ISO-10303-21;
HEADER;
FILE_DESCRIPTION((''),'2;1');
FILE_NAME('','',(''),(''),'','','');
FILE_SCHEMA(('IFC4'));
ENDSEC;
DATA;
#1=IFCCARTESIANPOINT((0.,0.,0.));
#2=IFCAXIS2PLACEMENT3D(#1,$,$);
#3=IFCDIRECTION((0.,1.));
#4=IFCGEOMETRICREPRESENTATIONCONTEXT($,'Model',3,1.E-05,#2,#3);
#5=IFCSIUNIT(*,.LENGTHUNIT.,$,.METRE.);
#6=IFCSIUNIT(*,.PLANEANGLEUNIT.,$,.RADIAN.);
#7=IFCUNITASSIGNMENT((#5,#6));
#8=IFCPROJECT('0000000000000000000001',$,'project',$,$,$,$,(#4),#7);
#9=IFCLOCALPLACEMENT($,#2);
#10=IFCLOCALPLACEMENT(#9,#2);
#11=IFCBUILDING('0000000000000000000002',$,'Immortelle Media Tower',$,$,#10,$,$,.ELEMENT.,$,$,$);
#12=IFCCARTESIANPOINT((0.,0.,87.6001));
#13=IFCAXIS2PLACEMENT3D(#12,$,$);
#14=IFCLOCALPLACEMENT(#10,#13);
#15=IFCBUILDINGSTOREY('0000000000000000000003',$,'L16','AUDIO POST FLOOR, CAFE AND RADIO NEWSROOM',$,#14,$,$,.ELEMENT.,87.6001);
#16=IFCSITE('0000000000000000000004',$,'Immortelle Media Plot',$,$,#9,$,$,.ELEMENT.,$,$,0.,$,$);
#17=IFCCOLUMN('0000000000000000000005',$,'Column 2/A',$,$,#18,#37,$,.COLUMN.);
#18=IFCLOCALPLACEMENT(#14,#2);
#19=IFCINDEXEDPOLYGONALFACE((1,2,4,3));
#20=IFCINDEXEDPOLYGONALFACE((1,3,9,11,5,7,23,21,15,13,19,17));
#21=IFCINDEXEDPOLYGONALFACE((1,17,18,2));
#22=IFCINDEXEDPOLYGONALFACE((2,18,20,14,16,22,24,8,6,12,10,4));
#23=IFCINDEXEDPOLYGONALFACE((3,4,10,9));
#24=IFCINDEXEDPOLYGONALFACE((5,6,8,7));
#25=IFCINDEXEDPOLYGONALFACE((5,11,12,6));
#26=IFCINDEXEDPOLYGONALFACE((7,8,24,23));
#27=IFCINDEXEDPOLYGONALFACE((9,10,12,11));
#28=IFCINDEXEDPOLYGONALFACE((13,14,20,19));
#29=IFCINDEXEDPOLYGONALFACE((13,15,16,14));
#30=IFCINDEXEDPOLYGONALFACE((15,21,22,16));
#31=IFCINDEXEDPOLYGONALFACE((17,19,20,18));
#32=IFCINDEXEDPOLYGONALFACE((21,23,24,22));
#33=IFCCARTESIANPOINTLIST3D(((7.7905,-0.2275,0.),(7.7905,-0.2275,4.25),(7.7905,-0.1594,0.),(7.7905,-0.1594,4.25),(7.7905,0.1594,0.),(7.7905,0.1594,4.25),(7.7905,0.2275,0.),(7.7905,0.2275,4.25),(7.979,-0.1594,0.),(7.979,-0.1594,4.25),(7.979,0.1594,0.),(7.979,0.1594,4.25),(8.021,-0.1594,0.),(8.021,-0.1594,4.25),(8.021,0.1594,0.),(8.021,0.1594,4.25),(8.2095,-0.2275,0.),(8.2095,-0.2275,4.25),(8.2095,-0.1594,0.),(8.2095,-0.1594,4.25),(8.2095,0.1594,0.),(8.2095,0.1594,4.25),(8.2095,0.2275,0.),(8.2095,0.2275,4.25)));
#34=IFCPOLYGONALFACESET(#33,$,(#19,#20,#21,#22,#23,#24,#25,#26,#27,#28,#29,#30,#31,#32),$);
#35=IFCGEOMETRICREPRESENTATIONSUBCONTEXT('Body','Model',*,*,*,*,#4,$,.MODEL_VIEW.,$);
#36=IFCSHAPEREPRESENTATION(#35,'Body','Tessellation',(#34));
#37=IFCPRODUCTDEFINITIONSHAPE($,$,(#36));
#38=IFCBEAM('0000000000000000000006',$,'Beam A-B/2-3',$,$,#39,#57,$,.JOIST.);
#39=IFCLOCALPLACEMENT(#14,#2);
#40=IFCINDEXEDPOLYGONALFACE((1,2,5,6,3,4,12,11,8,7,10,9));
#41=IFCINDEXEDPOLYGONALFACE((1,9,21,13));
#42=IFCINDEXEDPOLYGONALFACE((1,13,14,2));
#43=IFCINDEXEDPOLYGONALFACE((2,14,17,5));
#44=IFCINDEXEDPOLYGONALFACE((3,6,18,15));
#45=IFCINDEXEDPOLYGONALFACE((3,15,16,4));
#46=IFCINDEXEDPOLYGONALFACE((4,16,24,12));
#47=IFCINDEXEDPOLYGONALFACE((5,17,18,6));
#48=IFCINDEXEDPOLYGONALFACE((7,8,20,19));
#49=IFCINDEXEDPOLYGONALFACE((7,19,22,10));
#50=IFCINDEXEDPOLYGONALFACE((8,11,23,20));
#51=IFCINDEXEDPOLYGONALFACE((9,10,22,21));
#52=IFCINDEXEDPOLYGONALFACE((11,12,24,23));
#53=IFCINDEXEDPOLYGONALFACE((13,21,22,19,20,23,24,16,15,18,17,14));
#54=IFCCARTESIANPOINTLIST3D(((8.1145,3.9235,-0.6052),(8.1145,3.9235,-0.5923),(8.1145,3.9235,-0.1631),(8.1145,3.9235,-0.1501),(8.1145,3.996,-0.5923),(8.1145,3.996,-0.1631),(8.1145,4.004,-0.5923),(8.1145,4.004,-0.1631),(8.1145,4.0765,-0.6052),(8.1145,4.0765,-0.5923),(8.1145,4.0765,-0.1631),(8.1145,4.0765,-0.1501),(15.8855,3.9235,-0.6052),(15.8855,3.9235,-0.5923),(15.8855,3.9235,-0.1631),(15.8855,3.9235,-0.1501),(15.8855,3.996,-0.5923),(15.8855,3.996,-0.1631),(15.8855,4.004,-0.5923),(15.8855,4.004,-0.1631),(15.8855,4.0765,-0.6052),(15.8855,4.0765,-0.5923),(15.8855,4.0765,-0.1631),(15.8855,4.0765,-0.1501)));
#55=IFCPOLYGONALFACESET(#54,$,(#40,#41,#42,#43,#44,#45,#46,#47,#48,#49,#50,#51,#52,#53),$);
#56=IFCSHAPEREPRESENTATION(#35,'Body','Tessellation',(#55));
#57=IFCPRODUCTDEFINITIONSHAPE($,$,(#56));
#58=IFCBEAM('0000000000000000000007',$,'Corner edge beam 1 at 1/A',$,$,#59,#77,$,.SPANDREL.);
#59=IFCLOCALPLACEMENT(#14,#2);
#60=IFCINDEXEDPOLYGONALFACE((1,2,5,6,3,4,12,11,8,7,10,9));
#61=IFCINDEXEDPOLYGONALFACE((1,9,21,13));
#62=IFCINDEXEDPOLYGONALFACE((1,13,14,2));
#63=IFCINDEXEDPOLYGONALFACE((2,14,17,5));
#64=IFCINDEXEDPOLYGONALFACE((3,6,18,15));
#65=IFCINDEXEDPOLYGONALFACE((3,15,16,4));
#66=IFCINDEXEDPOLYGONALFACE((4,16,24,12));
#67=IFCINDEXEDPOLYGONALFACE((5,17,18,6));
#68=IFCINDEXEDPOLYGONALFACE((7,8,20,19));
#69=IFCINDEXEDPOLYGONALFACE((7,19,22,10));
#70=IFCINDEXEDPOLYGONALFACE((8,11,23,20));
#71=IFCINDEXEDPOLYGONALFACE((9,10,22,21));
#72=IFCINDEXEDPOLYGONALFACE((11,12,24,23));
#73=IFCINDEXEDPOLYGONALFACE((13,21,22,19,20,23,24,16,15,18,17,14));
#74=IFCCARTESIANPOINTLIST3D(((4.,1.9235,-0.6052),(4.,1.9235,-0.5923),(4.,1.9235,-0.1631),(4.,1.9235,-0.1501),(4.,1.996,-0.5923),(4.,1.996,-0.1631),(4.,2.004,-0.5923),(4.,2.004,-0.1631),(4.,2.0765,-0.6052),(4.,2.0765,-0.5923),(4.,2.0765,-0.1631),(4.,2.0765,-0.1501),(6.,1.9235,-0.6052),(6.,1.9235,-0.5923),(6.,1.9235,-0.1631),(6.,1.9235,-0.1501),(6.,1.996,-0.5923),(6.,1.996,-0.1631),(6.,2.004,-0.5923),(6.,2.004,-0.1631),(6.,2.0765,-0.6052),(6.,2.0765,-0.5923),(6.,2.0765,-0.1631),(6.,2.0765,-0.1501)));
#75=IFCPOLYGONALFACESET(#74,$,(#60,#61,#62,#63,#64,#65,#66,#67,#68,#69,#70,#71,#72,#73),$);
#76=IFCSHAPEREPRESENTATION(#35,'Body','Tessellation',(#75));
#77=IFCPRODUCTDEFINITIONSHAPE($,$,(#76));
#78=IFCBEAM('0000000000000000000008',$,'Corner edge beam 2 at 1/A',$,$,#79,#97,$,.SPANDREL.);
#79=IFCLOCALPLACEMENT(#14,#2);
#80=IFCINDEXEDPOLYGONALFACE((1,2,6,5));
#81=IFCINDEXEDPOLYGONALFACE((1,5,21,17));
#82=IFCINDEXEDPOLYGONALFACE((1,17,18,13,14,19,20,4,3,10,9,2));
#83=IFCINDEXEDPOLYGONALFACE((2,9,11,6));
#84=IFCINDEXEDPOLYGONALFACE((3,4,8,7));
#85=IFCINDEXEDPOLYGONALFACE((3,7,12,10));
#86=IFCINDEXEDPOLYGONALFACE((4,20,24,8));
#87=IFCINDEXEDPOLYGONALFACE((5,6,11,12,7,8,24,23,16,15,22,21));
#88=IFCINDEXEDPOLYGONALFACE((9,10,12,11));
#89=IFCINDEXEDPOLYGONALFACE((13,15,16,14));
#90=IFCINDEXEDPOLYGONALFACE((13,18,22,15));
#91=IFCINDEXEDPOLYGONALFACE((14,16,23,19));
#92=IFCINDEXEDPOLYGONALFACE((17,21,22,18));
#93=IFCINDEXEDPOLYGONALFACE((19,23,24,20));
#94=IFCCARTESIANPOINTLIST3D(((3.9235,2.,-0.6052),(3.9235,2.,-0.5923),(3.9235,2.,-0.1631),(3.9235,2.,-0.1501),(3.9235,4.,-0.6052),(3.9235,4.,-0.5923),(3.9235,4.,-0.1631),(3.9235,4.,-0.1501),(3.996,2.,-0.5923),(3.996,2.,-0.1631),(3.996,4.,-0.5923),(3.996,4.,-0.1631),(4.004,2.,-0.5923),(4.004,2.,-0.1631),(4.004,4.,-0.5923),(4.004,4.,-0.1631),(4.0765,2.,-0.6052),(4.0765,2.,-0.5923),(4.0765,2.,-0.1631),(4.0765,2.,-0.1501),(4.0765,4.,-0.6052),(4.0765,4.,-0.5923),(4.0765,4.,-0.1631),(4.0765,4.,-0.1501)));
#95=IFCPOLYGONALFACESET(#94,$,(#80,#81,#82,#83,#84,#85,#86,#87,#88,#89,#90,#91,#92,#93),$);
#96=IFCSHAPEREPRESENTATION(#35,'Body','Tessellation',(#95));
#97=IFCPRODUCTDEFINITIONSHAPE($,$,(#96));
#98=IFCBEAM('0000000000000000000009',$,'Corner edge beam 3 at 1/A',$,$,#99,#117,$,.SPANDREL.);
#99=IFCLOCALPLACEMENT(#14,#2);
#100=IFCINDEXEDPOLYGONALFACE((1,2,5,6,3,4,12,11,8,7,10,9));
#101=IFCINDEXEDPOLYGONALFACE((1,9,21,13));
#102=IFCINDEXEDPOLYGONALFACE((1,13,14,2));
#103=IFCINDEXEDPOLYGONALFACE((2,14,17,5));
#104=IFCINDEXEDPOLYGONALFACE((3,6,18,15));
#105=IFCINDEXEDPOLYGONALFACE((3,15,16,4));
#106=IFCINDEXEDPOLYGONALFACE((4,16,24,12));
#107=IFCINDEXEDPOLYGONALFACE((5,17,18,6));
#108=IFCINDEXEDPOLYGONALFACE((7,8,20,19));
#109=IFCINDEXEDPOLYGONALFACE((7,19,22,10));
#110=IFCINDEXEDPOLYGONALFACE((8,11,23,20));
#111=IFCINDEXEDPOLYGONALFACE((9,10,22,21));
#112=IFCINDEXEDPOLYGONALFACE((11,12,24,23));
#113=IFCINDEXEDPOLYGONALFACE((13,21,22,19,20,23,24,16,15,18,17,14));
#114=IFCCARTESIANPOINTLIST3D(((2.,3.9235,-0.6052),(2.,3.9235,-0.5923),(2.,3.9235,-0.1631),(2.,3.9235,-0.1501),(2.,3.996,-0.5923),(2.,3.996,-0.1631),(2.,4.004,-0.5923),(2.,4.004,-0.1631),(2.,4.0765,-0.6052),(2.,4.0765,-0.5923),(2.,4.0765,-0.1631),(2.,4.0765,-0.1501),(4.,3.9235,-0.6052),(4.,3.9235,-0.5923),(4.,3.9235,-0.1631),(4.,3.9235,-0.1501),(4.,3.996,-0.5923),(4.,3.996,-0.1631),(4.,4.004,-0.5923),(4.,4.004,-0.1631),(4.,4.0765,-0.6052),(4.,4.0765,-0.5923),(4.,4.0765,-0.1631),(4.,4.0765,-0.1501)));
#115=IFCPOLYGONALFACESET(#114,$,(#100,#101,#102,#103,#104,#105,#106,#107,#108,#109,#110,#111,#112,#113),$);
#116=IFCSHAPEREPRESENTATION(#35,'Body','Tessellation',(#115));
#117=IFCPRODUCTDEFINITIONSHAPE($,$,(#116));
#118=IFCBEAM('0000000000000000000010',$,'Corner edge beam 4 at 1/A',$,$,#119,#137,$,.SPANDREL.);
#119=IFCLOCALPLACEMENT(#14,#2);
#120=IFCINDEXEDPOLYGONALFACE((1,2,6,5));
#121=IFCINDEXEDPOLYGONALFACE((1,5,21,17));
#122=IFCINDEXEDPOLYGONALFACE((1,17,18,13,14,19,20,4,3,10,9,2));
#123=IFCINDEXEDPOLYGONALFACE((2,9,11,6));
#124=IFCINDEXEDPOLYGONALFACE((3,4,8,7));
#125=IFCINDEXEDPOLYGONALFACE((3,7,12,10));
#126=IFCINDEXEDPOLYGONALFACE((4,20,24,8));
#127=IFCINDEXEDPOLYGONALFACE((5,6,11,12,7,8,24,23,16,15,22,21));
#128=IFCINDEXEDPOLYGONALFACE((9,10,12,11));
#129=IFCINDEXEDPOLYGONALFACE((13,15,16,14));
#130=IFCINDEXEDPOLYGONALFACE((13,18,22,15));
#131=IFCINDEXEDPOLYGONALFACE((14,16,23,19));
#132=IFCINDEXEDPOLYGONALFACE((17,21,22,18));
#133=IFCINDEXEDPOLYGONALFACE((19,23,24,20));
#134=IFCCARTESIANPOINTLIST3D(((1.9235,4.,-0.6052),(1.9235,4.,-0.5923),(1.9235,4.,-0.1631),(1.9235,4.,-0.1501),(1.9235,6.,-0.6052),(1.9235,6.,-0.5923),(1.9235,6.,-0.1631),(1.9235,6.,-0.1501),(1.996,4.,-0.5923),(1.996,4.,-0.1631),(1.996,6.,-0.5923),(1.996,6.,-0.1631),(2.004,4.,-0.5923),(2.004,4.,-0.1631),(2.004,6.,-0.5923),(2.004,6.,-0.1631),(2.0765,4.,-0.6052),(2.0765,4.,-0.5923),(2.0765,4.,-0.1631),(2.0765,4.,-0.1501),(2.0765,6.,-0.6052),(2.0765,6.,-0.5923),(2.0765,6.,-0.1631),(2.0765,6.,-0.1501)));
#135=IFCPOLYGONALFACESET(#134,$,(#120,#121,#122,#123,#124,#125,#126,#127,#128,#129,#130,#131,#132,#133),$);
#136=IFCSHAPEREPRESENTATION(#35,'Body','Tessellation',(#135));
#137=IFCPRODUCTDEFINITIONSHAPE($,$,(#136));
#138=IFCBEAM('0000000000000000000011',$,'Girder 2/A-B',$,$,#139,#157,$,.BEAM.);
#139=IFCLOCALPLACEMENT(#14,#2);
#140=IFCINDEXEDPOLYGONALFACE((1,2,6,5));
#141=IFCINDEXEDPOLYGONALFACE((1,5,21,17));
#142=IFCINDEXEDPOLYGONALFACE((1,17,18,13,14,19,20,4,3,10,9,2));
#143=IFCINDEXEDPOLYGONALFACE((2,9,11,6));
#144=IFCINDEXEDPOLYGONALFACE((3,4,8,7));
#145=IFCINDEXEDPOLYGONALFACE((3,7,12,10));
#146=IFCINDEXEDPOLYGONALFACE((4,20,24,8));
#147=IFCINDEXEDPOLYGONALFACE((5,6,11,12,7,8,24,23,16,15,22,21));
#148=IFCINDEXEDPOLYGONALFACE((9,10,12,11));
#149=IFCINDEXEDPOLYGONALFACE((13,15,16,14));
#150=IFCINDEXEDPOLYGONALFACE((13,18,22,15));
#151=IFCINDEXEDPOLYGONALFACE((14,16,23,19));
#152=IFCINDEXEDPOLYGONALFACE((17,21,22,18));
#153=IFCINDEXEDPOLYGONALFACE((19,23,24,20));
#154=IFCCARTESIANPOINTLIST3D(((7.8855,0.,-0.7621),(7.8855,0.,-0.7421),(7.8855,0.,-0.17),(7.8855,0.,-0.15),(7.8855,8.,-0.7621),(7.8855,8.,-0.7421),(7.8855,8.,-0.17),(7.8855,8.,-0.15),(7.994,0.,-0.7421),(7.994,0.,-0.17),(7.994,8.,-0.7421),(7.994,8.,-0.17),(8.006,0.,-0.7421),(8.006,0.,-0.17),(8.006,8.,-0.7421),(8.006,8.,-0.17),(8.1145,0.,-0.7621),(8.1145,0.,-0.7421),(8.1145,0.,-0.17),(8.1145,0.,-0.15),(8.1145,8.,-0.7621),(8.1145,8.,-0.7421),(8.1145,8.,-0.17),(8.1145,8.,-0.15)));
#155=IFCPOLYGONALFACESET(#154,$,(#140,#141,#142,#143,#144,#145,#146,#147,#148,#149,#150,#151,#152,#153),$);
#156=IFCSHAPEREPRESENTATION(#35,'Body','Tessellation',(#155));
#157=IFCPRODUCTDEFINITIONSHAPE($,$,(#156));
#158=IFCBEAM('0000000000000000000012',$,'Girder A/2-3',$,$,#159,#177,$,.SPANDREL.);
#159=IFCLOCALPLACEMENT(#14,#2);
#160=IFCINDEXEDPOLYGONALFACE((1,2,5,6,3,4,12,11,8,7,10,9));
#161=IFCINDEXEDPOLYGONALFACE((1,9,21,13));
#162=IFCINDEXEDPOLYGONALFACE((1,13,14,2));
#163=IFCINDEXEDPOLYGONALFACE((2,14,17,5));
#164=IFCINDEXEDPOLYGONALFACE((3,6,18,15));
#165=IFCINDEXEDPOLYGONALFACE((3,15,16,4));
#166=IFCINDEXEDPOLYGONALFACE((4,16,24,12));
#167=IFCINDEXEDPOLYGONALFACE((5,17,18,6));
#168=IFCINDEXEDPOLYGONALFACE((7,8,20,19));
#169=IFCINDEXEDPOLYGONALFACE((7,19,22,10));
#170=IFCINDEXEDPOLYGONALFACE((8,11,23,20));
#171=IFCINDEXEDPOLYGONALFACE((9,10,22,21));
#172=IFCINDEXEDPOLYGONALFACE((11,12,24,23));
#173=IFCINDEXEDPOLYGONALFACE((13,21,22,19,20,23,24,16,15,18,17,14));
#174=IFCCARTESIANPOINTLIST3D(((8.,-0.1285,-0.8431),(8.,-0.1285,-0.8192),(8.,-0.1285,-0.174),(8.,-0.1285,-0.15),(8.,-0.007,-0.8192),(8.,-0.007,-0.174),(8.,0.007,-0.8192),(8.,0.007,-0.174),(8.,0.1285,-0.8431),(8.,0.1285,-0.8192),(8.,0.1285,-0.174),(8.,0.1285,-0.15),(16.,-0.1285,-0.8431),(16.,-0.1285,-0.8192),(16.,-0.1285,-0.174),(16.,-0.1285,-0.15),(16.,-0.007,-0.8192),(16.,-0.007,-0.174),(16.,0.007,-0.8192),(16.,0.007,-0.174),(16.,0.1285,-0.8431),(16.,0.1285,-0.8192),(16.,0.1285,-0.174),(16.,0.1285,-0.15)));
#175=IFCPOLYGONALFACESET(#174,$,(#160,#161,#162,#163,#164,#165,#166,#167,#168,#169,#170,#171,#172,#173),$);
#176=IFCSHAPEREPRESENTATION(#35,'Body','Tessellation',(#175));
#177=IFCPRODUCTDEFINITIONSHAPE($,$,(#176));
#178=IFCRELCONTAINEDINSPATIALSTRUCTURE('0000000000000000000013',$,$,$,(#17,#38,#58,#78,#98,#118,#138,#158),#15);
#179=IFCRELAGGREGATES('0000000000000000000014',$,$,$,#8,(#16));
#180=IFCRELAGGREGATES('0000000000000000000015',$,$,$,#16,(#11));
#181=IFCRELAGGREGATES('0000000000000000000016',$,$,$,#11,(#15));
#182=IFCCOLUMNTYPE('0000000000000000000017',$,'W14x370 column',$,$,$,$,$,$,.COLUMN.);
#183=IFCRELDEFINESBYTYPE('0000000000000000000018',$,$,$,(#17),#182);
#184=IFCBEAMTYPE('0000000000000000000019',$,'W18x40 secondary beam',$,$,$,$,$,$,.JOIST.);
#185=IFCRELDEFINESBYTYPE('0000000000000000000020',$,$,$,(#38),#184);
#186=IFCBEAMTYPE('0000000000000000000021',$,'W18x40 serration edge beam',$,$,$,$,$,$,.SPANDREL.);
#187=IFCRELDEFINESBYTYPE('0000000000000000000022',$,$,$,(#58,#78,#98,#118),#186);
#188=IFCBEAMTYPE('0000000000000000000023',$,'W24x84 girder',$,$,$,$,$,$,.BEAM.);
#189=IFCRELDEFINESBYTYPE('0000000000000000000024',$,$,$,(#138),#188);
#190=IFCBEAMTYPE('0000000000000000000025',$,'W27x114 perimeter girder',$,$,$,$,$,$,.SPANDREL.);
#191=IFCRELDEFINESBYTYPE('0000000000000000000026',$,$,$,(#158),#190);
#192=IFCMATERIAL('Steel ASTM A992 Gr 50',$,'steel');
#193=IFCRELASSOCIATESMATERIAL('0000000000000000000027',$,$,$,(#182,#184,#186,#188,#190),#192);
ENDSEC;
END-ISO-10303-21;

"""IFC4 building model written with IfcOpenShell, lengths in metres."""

from ifc_helpers import new_model, si_unit, direction, frame, origin, origin_2d, place, context, subcontext, project, spatial, i_section, extrude, material, material_profile, profile_set, type_object, element, save


model = new_model("IFC4")

# Units and contexts
model_context = context("Model", 3, precision=1e-05, world=origin(), true_north=direction((0.0, 1.0)))
body_context = subcontext(model_context, "Body", "Model", "MODEL_VIEW")
ifc_project = project(units=[si_unit("LENGTHUNIT", "METRE"), si_unit("PLANEANGLEUNIT", "RADIAN")], contexts=[model_context])

# Site, building, storey
site_placement = place(None, origin())
site = spatial("IfcSite", under=ifc_project, at=site_placement, Name="Immortelle Media Plot", CompositionType="ELEMENT", RefElevation=0.0)
building_placement = place(site_placement, origin())
building = spatial("IfcBuilding", under=site, at=building_placement, Name="Immortelle Media Tower", CompositionType="ELEMENT")
storey_placement = place(building_placement, frame((0.0, 0.0, 87.6001)))
storey = spatial("IfcBuildingStorey", under=building, at=storey_placement, Name="L16", Description="AUDIO POST FLOOR, CAFE AND RADIO NEWSROOM", CompositionType="ELEMENT", Elevation=87.6001)

# Column
ifc_material_1 = material(Name="Steel ASTM A992 Gr 50", Category="steel")
ifc_material_profile_1 = material_profile(ifc_material_1, i_section(OverallWidth=0.4189, OverallDepth=0.4551, WebThickness=0.042, FlangeThickness=0.0681, at=origin_2d()), Name="W14x370")
ifc_profile_set_1 = profile_set([ifc_material_profile_1], Name="Steel ASTM A992 Gr 50")
column_type = type_object("IfcColumnType", Name="W14x370 column", PredefinedType="COLUMN", material=ifc_profile_set_1)
column_placement = place(storey_placement, frame((8.0, 0.0, 0.0), z_axis=(0.0, 0.0, 1.0), x_axis=(1.0, 0.0, 0.0)))
element("IfcColumn", 1, at=column_placement, inside=storey, type_object=column_type, Name="Column 2/A", PredefinedType="COLUMN", context=body_context, shape_type="SweptSolid", body=[
    extrude(i_section(OverallWidth=0.4189, OverallDepth=0.4551, WebThickness=0.042, FlangeThickness=0.0681, at=origin_2d()), origin(), (0.0, 0.0, 1.0), 4.25),
])

# Beams
ifc_material_profile_2 = material_profile(ifc_material_1, i_section(OverallWidth=0.1531, OverallDepth=0.4551, WebThickness=0.0081, FlangeThickness=0.0129, at=origin_2d()), Name="W18x40")
ifc_profile_set_2 = profile_set([ifc_material_profile_2], Name="Steel ASTM A992 Gr 50")
beam_type_1 = type_object("IfcBeamType", Name="W18x40 secondary beam", PredefinedType="JOIST", material=ifc_profile_set_2)
beam_1_placement = place(storey_placement, frame((8.1145, 4.0, -0.3777), z_axis=(1.0, 0.0, 0.0), x_axis=(0.0, 1.0, 0.0)))
element("IfcBeam", 2, at=beam_1_placement, inside=storey, type_object=beam_type_1, Name="Beam A-B/2-3", PredefinedType="JOIST", context=body_context, shape_type="SweptSolid", body=[
    extrude(i_section(OverallWidth=0.1531, OverallDepth=0.4551, WebThickness=0.0081, FlangeThickness=0.0129, at=origin_2d()), origin(), (0.0, 0.0, 1.0), 7.771),
])
ifc_material_profile_3 = material_profile(ifc_material_1, i_section(OverallWidth=0.1531, OverallDepth=0.4551, WebThickness=0.0081, FlangeThickness=0.0129, at=origin_2d()), Name="W18x40")
ifc_profile_set_3 = profile_set([ifc_material_profile_3], Name="Steel ASTM A992 Gr 50")
beam_type_2 = type_object("IfcBeamType", Name="W18x40 serration edge beam", PredefinedType="SPANDREL", material=ifc_profile_set_3)
for number, where, z_axis, x_axis, name in (
    (3, (6.0, 2.0, -0.3777), (-1.0, 0.0, 0.0), (0.0, -1.0, 0.0), "Corner edge beam 1 at 1/A"),
    (4, (4.0, 2.0, -0.3777), (0.0, 1.0, 0.0), (-1.0, 0.0, 0.0), "Corner edge beam 2 at 1/A"),
    (5, (4.0, 4.0, -0.3777), (-1.0, 0.0, 0.0), (0.0, -1.0, 0.0), "Corner edge beam 3 at 1/A"),
    (6, (2.0, 4.0, -0.3777), (0.0, 1.0, 0.0), (-1.0, 0.0, 0.0), "Corner edge beam 4 at 1/A"),
):
    element("IfcBeam", number, at=place(storey_placement, frame(where, z_axis=z_axis, x_axis=x_axis)), inside=storey, type_object=beam_type_2, Name=name, PredefinedType="SPANDREL", context=body_context, shape_type="SweptSolid", body=[
        extrude(i_section(OverallWidth=0.1531, OverallDepth=0.4551, WebThickness=0.0081, FlangeThickness=0.0129, at=origin_2d()), origin(), (0.0, 0.0, 1.0), 2.0),
    ])
ifc_material_profile_4 = material_profile(ifc_material_1, i_section(OverallWidth=0.229, OverallDepth=0.6121, WebThickness=0.012, FlangeThickness=0.02, at=origin_2d()), Name="W24x84")
ifc_profile_set_4 = profile_set([ifc_material_profile_4], Name="Steel ASTM A992 Gr 50")
beam_type_3 = type_object("IfcBeamType", Name="W24x84 girder", PredefinedType="BEAM", material=ifc_profile_set_4)
beam_2_placement = place(storey_placement, frame((8.0, 0.0, -0.4561), z_axis=(0.0, 1.0, 0.0), x_axis=(-1.0, 0.0, 0.0)))
element("IfcBeam", 7, at=beam_2_placement, inside=storey, type_object=beam_type_3, Name="Girder 2/A-B", PredefinedType="BEAM", context=body_context, shape_type="SweptSolid", body=[
    extrude(i_section(OverallWidth=0.229, OverallDepth=0.6121, WebThickness=0.012, FlangeThickness=0.02, at=origin_2d()), origin(), (0.0, 0.0, 1.0), 8.0),
])
ifc_material_profile_5 = material_profile(ifc_material_1, i_section(OverallWidth=0.2571, OverallDepth=0.6931, WebThickness=0.0139, FlangeThickness=0.0239, at=origin_2d()), Name="W27x114")
ifc_profile_set_5 = profile_set([ifc_material_profile_5], Name="Steel ASTM A992 Gr 50")
beam_type_4 = type_object("IfcBeamType", Name="W27x114 perimeter girder", PredefinedType="SPANDREL", material=ifc_profile_set_5)
beam_3_placement = place(storey_placement, frame((8.0, 0.0, -0.4966), z_axis=(1.0, 0.0, 0.0), x_axis=(0.0, 1.0, 0.0)))
element("IfcBeam", 8, at=beam_3_placement, inside=storey, type_object=beam_type_4, Name="Girder A/2-3", PredefinedType="SPANDREL", context=body_context, shape_type="SweptSolid", body=[
    extrude(i_section(OverallWidth=0.2571, OverallDepth=0.6931, WebThickness=0.0139, FlangeThickness=0.0239, at=origin_2d()), origin(), (0.0, 0.0, 1.0), 8.0),
])

save(model, "model.ifc")
